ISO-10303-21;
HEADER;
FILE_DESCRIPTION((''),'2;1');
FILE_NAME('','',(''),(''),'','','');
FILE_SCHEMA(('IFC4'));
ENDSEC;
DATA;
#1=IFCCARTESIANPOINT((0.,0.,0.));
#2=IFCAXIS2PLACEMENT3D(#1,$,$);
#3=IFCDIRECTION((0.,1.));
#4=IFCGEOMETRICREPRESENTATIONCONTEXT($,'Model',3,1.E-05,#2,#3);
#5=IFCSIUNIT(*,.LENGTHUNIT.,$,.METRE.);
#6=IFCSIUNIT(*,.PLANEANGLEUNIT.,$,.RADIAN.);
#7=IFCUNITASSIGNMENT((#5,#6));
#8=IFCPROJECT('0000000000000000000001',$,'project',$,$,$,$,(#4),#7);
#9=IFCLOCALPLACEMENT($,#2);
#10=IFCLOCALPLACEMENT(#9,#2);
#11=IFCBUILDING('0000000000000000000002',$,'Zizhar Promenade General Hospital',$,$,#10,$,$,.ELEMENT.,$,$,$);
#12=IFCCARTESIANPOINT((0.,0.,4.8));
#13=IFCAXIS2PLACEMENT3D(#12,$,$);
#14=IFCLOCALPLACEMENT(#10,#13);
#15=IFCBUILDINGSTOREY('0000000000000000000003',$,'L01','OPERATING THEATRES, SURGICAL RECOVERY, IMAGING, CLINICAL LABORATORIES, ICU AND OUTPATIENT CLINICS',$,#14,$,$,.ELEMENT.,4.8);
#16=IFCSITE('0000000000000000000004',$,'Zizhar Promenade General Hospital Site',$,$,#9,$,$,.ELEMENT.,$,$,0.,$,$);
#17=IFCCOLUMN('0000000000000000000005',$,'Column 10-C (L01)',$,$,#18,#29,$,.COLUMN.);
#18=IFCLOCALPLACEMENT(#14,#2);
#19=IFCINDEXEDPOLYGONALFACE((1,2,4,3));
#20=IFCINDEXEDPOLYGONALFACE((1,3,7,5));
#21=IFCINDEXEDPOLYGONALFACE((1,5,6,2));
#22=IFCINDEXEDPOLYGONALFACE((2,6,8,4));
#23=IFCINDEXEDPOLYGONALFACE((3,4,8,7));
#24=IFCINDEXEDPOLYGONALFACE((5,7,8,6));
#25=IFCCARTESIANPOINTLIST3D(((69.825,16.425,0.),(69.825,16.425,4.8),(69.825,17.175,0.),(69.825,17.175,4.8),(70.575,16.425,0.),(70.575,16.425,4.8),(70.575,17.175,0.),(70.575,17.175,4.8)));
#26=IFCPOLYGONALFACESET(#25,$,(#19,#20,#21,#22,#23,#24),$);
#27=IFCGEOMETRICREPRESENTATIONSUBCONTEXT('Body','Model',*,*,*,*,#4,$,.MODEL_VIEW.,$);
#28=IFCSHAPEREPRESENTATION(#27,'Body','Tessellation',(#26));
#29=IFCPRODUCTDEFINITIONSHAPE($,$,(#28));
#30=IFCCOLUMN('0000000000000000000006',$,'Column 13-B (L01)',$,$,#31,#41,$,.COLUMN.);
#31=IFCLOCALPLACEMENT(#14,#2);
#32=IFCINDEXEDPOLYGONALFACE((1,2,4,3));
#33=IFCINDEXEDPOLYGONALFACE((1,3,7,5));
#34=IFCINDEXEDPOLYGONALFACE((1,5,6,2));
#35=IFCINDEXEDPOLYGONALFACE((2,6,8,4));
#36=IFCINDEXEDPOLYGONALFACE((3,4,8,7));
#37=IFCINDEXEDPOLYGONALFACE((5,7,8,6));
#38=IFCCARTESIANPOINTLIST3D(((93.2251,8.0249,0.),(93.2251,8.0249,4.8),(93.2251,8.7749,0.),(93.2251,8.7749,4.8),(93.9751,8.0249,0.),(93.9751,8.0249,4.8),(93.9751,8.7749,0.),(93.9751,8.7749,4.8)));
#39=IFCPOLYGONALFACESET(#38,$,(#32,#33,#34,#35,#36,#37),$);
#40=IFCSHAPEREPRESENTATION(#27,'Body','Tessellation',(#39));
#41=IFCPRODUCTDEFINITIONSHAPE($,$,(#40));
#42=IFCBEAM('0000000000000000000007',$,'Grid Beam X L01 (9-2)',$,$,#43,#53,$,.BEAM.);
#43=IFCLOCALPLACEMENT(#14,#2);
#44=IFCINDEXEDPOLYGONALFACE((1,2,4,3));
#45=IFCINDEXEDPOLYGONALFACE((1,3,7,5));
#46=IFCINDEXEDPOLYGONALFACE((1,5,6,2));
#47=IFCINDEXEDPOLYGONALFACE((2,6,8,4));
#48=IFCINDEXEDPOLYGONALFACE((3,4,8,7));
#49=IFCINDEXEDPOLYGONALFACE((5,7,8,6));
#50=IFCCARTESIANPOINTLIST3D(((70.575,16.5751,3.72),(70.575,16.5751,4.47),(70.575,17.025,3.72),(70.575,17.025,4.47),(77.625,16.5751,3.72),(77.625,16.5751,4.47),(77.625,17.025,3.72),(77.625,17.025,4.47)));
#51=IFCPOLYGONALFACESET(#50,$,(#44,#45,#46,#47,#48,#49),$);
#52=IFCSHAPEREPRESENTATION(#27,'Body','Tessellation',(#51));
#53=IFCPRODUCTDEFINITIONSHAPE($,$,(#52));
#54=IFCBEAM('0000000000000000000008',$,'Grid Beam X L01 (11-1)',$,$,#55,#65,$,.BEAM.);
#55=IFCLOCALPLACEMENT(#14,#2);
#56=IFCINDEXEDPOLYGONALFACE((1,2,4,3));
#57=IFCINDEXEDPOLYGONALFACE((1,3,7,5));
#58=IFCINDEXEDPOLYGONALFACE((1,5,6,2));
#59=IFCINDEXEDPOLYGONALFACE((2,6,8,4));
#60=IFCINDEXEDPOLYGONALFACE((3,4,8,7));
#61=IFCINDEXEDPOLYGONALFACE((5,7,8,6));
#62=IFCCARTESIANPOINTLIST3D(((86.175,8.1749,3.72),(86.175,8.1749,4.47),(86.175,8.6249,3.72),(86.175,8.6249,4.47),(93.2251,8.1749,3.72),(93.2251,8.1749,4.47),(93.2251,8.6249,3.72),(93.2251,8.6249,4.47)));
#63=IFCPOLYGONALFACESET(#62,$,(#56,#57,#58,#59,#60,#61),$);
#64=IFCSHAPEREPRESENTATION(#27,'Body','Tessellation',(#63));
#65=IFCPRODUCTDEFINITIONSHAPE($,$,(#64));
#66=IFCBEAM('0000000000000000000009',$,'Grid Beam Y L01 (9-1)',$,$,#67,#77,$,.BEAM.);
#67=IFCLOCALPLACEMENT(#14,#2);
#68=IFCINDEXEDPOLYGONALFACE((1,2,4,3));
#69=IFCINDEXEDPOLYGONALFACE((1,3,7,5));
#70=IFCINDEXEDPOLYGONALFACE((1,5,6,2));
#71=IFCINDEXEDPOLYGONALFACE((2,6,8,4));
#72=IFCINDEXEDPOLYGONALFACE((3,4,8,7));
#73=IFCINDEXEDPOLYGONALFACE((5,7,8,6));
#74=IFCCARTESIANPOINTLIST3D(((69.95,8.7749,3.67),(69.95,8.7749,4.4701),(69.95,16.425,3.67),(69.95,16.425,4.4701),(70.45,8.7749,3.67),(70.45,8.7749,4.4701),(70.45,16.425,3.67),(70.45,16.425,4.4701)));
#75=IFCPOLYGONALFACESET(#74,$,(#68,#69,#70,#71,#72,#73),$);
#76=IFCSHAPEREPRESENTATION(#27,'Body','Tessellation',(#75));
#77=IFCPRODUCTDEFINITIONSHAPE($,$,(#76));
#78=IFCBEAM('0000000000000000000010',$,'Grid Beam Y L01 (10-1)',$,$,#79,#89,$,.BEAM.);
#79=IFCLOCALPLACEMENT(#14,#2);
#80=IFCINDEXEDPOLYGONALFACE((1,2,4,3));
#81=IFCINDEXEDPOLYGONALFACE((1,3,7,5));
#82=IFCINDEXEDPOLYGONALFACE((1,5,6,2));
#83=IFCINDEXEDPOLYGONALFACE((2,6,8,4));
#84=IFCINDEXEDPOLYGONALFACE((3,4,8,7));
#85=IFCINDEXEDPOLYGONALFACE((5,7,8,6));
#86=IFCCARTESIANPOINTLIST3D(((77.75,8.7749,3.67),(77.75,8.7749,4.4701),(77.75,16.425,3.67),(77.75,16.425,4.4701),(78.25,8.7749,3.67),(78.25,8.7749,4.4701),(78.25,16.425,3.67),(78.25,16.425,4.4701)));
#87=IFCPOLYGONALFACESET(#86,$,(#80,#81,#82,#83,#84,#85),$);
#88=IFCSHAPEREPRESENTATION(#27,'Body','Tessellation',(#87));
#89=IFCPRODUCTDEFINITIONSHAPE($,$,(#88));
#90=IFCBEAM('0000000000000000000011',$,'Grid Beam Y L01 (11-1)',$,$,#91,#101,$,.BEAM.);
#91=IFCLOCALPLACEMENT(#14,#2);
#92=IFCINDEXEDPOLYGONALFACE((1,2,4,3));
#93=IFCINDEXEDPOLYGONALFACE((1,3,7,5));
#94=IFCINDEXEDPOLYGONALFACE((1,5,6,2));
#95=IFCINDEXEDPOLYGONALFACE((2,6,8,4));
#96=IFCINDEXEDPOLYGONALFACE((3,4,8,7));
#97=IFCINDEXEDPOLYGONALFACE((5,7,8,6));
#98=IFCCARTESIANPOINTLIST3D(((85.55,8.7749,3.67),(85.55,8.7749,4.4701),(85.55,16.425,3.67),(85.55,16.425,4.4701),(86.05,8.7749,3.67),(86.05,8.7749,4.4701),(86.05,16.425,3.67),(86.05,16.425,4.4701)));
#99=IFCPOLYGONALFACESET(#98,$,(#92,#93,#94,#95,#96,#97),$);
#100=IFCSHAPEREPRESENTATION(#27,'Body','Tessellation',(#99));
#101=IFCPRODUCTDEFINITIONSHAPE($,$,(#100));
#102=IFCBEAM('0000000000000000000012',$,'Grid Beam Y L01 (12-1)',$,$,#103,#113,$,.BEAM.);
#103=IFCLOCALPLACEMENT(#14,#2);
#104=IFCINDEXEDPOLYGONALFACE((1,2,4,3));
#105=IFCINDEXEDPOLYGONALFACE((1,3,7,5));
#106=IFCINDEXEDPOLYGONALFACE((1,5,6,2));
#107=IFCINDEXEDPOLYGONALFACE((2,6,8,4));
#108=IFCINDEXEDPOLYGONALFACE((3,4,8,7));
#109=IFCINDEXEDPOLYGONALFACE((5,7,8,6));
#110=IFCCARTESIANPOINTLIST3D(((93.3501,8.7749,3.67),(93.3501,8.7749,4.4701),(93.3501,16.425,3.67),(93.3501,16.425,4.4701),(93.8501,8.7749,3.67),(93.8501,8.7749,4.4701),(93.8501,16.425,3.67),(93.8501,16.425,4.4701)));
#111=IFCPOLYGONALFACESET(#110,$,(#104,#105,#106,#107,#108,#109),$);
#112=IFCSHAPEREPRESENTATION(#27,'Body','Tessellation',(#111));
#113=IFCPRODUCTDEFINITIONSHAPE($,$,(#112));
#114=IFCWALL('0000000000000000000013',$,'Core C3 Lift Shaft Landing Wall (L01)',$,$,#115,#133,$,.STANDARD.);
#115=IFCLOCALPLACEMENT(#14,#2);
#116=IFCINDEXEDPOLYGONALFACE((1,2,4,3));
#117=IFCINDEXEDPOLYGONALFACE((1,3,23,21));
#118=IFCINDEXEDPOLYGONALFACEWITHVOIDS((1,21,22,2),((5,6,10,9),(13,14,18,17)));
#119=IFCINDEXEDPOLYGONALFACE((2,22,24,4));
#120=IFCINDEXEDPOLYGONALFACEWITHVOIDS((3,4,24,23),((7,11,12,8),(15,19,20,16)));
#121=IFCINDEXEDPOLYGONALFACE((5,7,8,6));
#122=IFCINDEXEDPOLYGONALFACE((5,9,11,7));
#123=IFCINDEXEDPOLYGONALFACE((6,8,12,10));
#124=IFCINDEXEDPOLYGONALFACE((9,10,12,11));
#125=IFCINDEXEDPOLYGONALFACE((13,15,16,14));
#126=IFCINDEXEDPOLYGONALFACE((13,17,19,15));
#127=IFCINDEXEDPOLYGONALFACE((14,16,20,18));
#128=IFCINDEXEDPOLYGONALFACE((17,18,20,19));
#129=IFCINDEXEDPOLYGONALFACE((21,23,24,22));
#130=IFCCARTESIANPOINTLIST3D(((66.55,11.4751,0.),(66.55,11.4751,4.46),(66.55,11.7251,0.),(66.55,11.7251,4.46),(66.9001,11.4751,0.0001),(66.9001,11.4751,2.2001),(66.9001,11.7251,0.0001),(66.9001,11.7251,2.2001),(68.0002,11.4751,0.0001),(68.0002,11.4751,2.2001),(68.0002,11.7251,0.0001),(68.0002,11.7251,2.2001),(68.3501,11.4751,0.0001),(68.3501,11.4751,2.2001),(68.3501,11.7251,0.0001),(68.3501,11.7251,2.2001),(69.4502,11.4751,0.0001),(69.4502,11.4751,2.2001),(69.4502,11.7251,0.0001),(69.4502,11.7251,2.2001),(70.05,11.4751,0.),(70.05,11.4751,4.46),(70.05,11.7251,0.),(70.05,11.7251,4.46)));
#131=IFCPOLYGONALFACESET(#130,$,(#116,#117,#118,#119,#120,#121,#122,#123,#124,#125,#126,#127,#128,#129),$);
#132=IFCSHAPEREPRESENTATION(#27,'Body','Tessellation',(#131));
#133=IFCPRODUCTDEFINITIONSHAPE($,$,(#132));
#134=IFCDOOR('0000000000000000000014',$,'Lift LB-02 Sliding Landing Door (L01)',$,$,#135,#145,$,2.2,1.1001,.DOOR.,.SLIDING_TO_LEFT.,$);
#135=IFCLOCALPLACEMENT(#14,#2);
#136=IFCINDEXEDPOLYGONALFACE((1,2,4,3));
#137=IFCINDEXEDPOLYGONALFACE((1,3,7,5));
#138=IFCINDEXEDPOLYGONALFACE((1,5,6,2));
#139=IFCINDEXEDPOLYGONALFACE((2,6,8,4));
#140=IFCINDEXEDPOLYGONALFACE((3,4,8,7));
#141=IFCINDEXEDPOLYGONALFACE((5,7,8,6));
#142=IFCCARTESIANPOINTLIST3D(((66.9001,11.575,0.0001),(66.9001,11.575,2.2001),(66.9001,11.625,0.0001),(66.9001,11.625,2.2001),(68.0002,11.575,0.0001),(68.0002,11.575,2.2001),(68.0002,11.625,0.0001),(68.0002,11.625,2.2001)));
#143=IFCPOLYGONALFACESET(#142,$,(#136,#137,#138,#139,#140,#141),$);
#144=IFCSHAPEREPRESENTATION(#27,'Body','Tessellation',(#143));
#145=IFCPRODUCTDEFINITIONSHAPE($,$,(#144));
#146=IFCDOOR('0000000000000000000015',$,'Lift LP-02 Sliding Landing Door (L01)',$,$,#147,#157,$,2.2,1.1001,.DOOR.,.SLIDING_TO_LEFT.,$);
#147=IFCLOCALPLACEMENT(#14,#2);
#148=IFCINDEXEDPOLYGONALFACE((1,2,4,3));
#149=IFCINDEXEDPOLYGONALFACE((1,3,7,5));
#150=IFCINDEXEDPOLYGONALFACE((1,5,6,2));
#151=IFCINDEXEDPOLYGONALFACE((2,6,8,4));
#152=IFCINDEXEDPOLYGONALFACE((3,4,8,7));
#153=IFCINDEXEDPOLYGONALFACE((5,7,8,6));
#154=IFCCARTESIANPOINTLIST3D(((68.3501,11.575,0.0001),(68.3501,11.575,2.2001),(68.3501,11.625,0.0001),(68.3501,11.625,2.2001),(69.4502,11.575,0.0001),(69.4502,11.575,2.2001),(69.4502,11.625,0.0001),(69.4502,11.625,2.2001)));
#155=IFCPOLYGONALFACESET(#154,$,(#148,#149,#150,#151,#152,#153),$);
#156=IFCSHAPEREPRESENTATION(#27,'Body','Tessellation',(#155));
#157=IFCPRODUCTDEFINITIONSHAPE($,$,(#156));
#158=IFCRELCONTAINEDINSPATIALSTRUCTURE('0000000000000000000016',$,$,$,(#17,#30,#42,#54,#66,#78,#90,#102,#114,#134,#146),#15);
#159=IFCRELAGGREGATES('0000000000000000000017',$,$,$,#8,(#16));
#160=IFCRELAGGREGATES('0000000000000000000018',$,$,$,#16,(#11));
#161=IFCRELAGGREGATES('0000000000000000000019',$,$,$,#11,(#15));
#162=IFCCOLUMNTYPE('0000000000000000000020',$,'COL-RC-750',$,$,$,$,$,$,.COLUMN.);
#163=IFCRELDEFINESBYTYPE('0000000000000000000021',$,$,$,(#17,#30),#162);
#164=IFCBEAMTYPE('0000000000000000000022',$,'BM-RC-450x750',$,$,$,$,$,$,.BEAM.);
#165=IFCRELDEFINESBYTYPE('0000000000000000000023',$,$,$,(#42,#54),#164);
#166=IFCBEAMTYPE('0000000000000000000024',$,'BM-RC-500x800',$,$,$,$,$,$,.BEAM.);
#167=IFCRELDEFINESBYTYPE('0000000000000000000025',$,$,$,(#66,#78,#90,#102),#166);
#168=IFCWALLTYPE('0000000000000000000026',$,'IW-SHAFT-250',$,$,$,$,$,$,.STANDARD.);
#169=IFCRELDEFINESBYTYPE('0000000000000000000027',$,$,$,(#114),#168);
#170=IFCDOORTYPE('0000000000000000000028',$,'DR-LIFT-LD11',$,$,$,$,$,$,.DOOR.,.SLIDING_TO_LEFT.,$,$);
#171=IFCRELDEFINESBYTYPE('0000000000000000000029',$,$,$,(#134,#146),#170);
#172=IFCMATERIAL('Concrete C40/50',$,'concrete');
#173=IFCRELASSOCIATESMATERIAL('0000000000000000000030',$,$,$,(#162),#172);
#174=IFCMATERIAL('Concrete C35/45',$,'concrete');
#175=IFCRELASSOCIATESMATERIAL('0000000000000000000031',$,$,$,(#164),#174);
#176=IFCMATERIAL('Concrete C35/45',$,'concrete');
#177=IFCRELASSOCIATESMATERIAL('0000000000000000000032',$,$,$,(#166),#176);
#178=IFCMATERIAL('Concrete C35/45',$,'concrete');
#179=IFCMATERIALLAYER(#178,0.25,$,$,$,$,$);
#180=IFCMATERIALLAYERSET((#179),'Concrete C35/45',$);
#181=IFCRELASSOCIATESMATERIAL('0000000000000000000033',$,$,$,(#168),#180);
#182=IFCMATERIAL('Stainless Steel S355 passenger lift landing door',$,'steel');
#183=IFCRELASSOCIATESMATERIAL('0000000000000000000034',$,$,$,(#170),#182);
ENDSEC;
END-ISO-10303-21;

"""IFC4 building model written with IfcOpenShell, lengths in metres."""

from ifc_helpers import new_model, si_unit, direction, frame, frame_2d, origin, origin_2d, place, context, subcontext, project, spatial, rectangle, extrude, material, layer, layer_set, material_profile, profile_set, type_object, element, fill, save


model = new_model("IFC4")

# Units and contexts
model_context = context("Model", 3, precision=1e-05, world=origin(), true_north=direction((0.0, 1.0)))
body_context = subcontext(model_context, "Body", "Model", "MODEL_VIEW")
ifc_project = project(units=[si_unit("LENGTHUNIT", "METRE"), si_unit("PLANEANGLEUNIT", "RADIAN")], contexts=[model_context])

# Site, building, storey
site_placement = place(None, origin())
site = spatial("IfcSite", under=ifc_project, at=site_placement, Name="Zizhar Promenade General Hospital Site", CompositionType="ELEMENT", RefElevation=0.0)
building_placement = place(site_placement, origin())
building = spatial("IfcBuilding", under=site, at=building_placement, Name="Zizhar Promenade General Hospital", CompositionType="ELEMENT")
storey_placement = place(building_placement, frame((0.0, 0.0, 4.8)))
storey = spatial("IfcBuildingStorey", under=building, at=storey_placement, Name="L01", Description="OPERATING THEATRES, SURGICAL RECOVERY, IMAGING, CLINICAL LABORATORIES, ICU AND OUTPATIENT CLINICS", CompositionType="ELEMENT", Elevation=4.8)

# Columns
ifc_material_1 = material(Name="Concrete C40/50", Category="concrete")
ifc_material_profile_1 = material_profile(ifc_material_1, rectangle(XDim=0.75, YDim=0.75, at=origin_2d()))
ifc_profile_set_1 = profile_set([ifc_material_profile_1], Name="Concrete C40/50")
column_type = type_object("IfcColumnType", Name="COL-RC-750", PredefinedType="COLUMN", material=ifc_profile_set_1)
for number, where, z_axis, x_axis, name in (
    (1, (70.2, 16.8, 0.0), (0.0, 0.0, 1.0), (1.0, 0.0, 0.0), "Column 10-C (L01)"),
    (2, (93.6001, 8.3999, 0.0), (0.0, 0.0, 1.0), (1.0, 0.0, 0.0), "Column 13-B (L01)"),
):
    element("IfcColumn", number, at=place(storey_placement, frame(where, z_axis=z_axis, x_axis=x_axis)), inside=storey, type_object=column_type, Name=name, PredefinedType="COLUMN", context=body_context, shape_type="SweptSolid", body=[
        extrude(rectangle(XDim=0.75, YDim=0.75, at=origin_2d()), origin(), (0.0, 0.0, 1.0), 4.8),
    ])

# Beams
ifc_material_2 = material(Name="Concrete C35/45", Category="concrete")
ifc_material_profile_2 = material_profile(ifc_material_2, rectangle(XDim=0.45, YDim=0.75, at=origin_2d()))
ifc_profile_set_2 = profile_set([ifc_material_profile_2], Name="Concrete C35/45")
beam_type_1 = type_object("IfcBeamType", Name="BM-RC-450x750", PredefinedType="BEAM", material=ifc_profile_set_2)
for number, where, z_axis, x_axis, name in (
    (3, (70.575, 16.8, 4.095), (1.0, 0.0, 0.0), (0.0, 1.0, 0.0), "Grid Beam X L01 (9-2)"),
    (4, (86.175, 8.3999, 4.095), (1.0, 0.0, 0.0), (0.0, 1.0, 0.0), "Grid Beam X L01 (11-1)"),
):
    element("IfcBeam", number, at=place(storey_placement, frame(where, z_axis=z_axis, x_axis=x_axis)), inside=storey, type_object=beam_type_1, Name=name, PredefinedType="BEAM", context=body_context, shape_type="SweptSolid", body=[
        extrude(rectangle(XDim=0.45, YDim=0.75, at=origin_2d()), origin(), (0.0, 0.0, 1.0), 7.05),
    ])
ifc_material_3 = material(Name="Concrete C35/45", Category="concrete")
ifc_material_profile_3 = material_profile(ifc_material_3, rectangle(XDim=0.5, YDim=0.8, at=origin_2d()))
ifc_profile_set_3 = profile_set([ifc_material_profile_3], Name="Concrete C35/45")
beam_type_2 = type_object("IfcBeamType", Name="BM-RC-500x800", PredefinedType="BEAM", material=ifc_profile_set_3)
for number, where, z_axis, x_axis, name in (
    (5, (70.2, 8.7749, 4.0701), (0.0, 1.0, 0.0), (-1.0, 0.0, 0.0), "Grid Beam Y L01 (9-1)"),
    (6, (78.0, 8.7749, 4.0701), (0.0, 1.0, 0.0), (-1.0, 0.0, 0.0), "Grid Beam Y L01 (10-1)"),
    (7, (85.8, 8.7749, 4.0701), (0.0, 1.0, 0.0), (-1.0, 0.0, 0.0), "Grid Beam Y L01 (11-1)"),
    (8, (93.6001, 8.7749, 4.0701), (0.0, 1.0, 0.0), (-1.0, 0.0, 0.0), "Grid Beam Y L01 (12-1)"),
):
    element("IfcBeam", number, at=place(storey_placement, frame(where, z_axis=z_axis, x_axis=x_axis)), inside=storey, type_object=beam_type_2, Name=name, PredefinedType="BEAM", context=body_context, shape_type="SweptSolid", body=[
        extrude(rectangle(XDim=0.5, YDim=0.8, at=origin_2d()), origin(), (0.0, 0.0, 1.0), 7.6501),
    ])

# Wall, openings, doors
ifc_material_4 = material(Name="Concrete C35/45", Category="concrete")
ifc_layer_1 = layer(ifc_material_4, 0.25)
ifc_layer_set_1 = layer_set([ifc_layer_1], Name="Concrete C35/45")
wall_type_1 = type_object("IfcWallType", Name="IW-SHAFT-250", PredefinedType="STANDARD", material=ifc_layer_set_1)
wall_1_placement = place(storey_placement, frame((66.55, 11.6001, 0.0), z_axis=(0.0, 0.0, 1.0), x_axis=(1.0, 0.0, 0.0)))
wall_1 = element("IfcWall", 9, at=wall_1_placement, inside=storey, type_object=wall_type_1, Name="Core C3 Lift Shaft Landing Wall (L01)", PredefinedType="STANDARD", context=body_context, shape_type="SweptSolid", body=[
    extrude(rectangle(XDim=3.5, YDim=0.25, at=frame_2d((1.75, 0.0))), origin(), (0.0, 0.0, 1.0), 4.46),
])
opening_1_placement = place(wall_1_placement, frame((0.3501, 0.0, 0.0)))
opening_1 = element("IfcOpeningElement", 10, at=opening_1_placement, cuts=wall_1, PredefinedType="OPENING", context=body_context, shape_type="SweptSolid", body=[
    extrude(rectangle(XDim=1.1001, YDim=2.2, at=frame_2d((0.55, 1.1001))), frame((0.0, 0.135, 0.0), z_axis=(0.0, -1.0, 0.0), x_axis=(1.0, 0.0, 0.0)), (0.0, 0.0, 1.0), 0.27),
])
opening_2_placement = place(wall_1_placement, frame((1.8, 0.0, 0.0)))
opening_2 = element("IfcOpeningElement", 11, at=opening_2_placement, cuts=wall_1, PredefinedType="OPENING", context=body_context, shape_type="SweptSolid", body=[
    extrude(rectangle(XDim=1.1001, YDim=2.2, at=frame_2d((0.55, 1.1001))), frame((0.0, 0.135, 0.0), z_axis=(0.0, -1.0, 0.0), x_axis=(1.0, 0.0, 0.0)), (0.0, 0.0, 1.0), 0.27),
])
ifc_material_5 = material(Name="Stainless Steel S355 passenger lift landing door", Category="steel")
door_type_1 = type_object("IfcDoorType", Name="DR-LIFT-LD11", OperationType="SLIDING_TO_LEFT", PredefinedType="DOOR", material=ifc_material_5)
door_1_placement = place(opening_1_placement, origin())
door_1 = element("IfcDoor", 12, at=door_1_placement, inside=storey, type_object=door_type_1, Name="Lift LB-02 Sliding Landing Door (L01)", OperationType="SLIDING_TO_LEFT", OverallHeight=2.2, OverallWidth=1.1001, PredefinedType="DOOR", context=body_context, shape_type="SweptSolid", body=[
    extrude(rectangle(XDim=1.1001, YDim=2.2, at=frame_2d((0.55, 1.1001))), frame((0.0, 0.0249, 0.0), z_axis=(0.0, -1.0, 0.0), x_axis=(1.0, 0.0, 0.0)), (0.0, 0.0, 1.0), 0.05),
])
fill(opening_1, door_1)
door_2_placement = place(opening_2_placement, origin())
door_2 = element("IfcDoor", 13, at=door_2_placement, inside=storey, type_object=door_type_1, Name="Lift LP-02 Sliding Landing Door (L01)", OperationType="SLIDING_TO_LEFT", OverallHeight=2.2, OverallWidth=1.1001, PredefinedType="DOOR", context=body_context, shape_type="SweptSolid", body=[
    extrude(rectangle(XDim=1.1001, YDim=2.2, at=frame_2d((0.55, 1.1001))), frame((0.0, 0.0249, 0.0), z_axis=(0.0, -1.0, 0.0), x_axis=(1.0, 0.0, 0.0)), (0.0, 0.0, 1.0), 0.05),
])
fill(opening_2, door_2)

save(model, "model.ifc")
